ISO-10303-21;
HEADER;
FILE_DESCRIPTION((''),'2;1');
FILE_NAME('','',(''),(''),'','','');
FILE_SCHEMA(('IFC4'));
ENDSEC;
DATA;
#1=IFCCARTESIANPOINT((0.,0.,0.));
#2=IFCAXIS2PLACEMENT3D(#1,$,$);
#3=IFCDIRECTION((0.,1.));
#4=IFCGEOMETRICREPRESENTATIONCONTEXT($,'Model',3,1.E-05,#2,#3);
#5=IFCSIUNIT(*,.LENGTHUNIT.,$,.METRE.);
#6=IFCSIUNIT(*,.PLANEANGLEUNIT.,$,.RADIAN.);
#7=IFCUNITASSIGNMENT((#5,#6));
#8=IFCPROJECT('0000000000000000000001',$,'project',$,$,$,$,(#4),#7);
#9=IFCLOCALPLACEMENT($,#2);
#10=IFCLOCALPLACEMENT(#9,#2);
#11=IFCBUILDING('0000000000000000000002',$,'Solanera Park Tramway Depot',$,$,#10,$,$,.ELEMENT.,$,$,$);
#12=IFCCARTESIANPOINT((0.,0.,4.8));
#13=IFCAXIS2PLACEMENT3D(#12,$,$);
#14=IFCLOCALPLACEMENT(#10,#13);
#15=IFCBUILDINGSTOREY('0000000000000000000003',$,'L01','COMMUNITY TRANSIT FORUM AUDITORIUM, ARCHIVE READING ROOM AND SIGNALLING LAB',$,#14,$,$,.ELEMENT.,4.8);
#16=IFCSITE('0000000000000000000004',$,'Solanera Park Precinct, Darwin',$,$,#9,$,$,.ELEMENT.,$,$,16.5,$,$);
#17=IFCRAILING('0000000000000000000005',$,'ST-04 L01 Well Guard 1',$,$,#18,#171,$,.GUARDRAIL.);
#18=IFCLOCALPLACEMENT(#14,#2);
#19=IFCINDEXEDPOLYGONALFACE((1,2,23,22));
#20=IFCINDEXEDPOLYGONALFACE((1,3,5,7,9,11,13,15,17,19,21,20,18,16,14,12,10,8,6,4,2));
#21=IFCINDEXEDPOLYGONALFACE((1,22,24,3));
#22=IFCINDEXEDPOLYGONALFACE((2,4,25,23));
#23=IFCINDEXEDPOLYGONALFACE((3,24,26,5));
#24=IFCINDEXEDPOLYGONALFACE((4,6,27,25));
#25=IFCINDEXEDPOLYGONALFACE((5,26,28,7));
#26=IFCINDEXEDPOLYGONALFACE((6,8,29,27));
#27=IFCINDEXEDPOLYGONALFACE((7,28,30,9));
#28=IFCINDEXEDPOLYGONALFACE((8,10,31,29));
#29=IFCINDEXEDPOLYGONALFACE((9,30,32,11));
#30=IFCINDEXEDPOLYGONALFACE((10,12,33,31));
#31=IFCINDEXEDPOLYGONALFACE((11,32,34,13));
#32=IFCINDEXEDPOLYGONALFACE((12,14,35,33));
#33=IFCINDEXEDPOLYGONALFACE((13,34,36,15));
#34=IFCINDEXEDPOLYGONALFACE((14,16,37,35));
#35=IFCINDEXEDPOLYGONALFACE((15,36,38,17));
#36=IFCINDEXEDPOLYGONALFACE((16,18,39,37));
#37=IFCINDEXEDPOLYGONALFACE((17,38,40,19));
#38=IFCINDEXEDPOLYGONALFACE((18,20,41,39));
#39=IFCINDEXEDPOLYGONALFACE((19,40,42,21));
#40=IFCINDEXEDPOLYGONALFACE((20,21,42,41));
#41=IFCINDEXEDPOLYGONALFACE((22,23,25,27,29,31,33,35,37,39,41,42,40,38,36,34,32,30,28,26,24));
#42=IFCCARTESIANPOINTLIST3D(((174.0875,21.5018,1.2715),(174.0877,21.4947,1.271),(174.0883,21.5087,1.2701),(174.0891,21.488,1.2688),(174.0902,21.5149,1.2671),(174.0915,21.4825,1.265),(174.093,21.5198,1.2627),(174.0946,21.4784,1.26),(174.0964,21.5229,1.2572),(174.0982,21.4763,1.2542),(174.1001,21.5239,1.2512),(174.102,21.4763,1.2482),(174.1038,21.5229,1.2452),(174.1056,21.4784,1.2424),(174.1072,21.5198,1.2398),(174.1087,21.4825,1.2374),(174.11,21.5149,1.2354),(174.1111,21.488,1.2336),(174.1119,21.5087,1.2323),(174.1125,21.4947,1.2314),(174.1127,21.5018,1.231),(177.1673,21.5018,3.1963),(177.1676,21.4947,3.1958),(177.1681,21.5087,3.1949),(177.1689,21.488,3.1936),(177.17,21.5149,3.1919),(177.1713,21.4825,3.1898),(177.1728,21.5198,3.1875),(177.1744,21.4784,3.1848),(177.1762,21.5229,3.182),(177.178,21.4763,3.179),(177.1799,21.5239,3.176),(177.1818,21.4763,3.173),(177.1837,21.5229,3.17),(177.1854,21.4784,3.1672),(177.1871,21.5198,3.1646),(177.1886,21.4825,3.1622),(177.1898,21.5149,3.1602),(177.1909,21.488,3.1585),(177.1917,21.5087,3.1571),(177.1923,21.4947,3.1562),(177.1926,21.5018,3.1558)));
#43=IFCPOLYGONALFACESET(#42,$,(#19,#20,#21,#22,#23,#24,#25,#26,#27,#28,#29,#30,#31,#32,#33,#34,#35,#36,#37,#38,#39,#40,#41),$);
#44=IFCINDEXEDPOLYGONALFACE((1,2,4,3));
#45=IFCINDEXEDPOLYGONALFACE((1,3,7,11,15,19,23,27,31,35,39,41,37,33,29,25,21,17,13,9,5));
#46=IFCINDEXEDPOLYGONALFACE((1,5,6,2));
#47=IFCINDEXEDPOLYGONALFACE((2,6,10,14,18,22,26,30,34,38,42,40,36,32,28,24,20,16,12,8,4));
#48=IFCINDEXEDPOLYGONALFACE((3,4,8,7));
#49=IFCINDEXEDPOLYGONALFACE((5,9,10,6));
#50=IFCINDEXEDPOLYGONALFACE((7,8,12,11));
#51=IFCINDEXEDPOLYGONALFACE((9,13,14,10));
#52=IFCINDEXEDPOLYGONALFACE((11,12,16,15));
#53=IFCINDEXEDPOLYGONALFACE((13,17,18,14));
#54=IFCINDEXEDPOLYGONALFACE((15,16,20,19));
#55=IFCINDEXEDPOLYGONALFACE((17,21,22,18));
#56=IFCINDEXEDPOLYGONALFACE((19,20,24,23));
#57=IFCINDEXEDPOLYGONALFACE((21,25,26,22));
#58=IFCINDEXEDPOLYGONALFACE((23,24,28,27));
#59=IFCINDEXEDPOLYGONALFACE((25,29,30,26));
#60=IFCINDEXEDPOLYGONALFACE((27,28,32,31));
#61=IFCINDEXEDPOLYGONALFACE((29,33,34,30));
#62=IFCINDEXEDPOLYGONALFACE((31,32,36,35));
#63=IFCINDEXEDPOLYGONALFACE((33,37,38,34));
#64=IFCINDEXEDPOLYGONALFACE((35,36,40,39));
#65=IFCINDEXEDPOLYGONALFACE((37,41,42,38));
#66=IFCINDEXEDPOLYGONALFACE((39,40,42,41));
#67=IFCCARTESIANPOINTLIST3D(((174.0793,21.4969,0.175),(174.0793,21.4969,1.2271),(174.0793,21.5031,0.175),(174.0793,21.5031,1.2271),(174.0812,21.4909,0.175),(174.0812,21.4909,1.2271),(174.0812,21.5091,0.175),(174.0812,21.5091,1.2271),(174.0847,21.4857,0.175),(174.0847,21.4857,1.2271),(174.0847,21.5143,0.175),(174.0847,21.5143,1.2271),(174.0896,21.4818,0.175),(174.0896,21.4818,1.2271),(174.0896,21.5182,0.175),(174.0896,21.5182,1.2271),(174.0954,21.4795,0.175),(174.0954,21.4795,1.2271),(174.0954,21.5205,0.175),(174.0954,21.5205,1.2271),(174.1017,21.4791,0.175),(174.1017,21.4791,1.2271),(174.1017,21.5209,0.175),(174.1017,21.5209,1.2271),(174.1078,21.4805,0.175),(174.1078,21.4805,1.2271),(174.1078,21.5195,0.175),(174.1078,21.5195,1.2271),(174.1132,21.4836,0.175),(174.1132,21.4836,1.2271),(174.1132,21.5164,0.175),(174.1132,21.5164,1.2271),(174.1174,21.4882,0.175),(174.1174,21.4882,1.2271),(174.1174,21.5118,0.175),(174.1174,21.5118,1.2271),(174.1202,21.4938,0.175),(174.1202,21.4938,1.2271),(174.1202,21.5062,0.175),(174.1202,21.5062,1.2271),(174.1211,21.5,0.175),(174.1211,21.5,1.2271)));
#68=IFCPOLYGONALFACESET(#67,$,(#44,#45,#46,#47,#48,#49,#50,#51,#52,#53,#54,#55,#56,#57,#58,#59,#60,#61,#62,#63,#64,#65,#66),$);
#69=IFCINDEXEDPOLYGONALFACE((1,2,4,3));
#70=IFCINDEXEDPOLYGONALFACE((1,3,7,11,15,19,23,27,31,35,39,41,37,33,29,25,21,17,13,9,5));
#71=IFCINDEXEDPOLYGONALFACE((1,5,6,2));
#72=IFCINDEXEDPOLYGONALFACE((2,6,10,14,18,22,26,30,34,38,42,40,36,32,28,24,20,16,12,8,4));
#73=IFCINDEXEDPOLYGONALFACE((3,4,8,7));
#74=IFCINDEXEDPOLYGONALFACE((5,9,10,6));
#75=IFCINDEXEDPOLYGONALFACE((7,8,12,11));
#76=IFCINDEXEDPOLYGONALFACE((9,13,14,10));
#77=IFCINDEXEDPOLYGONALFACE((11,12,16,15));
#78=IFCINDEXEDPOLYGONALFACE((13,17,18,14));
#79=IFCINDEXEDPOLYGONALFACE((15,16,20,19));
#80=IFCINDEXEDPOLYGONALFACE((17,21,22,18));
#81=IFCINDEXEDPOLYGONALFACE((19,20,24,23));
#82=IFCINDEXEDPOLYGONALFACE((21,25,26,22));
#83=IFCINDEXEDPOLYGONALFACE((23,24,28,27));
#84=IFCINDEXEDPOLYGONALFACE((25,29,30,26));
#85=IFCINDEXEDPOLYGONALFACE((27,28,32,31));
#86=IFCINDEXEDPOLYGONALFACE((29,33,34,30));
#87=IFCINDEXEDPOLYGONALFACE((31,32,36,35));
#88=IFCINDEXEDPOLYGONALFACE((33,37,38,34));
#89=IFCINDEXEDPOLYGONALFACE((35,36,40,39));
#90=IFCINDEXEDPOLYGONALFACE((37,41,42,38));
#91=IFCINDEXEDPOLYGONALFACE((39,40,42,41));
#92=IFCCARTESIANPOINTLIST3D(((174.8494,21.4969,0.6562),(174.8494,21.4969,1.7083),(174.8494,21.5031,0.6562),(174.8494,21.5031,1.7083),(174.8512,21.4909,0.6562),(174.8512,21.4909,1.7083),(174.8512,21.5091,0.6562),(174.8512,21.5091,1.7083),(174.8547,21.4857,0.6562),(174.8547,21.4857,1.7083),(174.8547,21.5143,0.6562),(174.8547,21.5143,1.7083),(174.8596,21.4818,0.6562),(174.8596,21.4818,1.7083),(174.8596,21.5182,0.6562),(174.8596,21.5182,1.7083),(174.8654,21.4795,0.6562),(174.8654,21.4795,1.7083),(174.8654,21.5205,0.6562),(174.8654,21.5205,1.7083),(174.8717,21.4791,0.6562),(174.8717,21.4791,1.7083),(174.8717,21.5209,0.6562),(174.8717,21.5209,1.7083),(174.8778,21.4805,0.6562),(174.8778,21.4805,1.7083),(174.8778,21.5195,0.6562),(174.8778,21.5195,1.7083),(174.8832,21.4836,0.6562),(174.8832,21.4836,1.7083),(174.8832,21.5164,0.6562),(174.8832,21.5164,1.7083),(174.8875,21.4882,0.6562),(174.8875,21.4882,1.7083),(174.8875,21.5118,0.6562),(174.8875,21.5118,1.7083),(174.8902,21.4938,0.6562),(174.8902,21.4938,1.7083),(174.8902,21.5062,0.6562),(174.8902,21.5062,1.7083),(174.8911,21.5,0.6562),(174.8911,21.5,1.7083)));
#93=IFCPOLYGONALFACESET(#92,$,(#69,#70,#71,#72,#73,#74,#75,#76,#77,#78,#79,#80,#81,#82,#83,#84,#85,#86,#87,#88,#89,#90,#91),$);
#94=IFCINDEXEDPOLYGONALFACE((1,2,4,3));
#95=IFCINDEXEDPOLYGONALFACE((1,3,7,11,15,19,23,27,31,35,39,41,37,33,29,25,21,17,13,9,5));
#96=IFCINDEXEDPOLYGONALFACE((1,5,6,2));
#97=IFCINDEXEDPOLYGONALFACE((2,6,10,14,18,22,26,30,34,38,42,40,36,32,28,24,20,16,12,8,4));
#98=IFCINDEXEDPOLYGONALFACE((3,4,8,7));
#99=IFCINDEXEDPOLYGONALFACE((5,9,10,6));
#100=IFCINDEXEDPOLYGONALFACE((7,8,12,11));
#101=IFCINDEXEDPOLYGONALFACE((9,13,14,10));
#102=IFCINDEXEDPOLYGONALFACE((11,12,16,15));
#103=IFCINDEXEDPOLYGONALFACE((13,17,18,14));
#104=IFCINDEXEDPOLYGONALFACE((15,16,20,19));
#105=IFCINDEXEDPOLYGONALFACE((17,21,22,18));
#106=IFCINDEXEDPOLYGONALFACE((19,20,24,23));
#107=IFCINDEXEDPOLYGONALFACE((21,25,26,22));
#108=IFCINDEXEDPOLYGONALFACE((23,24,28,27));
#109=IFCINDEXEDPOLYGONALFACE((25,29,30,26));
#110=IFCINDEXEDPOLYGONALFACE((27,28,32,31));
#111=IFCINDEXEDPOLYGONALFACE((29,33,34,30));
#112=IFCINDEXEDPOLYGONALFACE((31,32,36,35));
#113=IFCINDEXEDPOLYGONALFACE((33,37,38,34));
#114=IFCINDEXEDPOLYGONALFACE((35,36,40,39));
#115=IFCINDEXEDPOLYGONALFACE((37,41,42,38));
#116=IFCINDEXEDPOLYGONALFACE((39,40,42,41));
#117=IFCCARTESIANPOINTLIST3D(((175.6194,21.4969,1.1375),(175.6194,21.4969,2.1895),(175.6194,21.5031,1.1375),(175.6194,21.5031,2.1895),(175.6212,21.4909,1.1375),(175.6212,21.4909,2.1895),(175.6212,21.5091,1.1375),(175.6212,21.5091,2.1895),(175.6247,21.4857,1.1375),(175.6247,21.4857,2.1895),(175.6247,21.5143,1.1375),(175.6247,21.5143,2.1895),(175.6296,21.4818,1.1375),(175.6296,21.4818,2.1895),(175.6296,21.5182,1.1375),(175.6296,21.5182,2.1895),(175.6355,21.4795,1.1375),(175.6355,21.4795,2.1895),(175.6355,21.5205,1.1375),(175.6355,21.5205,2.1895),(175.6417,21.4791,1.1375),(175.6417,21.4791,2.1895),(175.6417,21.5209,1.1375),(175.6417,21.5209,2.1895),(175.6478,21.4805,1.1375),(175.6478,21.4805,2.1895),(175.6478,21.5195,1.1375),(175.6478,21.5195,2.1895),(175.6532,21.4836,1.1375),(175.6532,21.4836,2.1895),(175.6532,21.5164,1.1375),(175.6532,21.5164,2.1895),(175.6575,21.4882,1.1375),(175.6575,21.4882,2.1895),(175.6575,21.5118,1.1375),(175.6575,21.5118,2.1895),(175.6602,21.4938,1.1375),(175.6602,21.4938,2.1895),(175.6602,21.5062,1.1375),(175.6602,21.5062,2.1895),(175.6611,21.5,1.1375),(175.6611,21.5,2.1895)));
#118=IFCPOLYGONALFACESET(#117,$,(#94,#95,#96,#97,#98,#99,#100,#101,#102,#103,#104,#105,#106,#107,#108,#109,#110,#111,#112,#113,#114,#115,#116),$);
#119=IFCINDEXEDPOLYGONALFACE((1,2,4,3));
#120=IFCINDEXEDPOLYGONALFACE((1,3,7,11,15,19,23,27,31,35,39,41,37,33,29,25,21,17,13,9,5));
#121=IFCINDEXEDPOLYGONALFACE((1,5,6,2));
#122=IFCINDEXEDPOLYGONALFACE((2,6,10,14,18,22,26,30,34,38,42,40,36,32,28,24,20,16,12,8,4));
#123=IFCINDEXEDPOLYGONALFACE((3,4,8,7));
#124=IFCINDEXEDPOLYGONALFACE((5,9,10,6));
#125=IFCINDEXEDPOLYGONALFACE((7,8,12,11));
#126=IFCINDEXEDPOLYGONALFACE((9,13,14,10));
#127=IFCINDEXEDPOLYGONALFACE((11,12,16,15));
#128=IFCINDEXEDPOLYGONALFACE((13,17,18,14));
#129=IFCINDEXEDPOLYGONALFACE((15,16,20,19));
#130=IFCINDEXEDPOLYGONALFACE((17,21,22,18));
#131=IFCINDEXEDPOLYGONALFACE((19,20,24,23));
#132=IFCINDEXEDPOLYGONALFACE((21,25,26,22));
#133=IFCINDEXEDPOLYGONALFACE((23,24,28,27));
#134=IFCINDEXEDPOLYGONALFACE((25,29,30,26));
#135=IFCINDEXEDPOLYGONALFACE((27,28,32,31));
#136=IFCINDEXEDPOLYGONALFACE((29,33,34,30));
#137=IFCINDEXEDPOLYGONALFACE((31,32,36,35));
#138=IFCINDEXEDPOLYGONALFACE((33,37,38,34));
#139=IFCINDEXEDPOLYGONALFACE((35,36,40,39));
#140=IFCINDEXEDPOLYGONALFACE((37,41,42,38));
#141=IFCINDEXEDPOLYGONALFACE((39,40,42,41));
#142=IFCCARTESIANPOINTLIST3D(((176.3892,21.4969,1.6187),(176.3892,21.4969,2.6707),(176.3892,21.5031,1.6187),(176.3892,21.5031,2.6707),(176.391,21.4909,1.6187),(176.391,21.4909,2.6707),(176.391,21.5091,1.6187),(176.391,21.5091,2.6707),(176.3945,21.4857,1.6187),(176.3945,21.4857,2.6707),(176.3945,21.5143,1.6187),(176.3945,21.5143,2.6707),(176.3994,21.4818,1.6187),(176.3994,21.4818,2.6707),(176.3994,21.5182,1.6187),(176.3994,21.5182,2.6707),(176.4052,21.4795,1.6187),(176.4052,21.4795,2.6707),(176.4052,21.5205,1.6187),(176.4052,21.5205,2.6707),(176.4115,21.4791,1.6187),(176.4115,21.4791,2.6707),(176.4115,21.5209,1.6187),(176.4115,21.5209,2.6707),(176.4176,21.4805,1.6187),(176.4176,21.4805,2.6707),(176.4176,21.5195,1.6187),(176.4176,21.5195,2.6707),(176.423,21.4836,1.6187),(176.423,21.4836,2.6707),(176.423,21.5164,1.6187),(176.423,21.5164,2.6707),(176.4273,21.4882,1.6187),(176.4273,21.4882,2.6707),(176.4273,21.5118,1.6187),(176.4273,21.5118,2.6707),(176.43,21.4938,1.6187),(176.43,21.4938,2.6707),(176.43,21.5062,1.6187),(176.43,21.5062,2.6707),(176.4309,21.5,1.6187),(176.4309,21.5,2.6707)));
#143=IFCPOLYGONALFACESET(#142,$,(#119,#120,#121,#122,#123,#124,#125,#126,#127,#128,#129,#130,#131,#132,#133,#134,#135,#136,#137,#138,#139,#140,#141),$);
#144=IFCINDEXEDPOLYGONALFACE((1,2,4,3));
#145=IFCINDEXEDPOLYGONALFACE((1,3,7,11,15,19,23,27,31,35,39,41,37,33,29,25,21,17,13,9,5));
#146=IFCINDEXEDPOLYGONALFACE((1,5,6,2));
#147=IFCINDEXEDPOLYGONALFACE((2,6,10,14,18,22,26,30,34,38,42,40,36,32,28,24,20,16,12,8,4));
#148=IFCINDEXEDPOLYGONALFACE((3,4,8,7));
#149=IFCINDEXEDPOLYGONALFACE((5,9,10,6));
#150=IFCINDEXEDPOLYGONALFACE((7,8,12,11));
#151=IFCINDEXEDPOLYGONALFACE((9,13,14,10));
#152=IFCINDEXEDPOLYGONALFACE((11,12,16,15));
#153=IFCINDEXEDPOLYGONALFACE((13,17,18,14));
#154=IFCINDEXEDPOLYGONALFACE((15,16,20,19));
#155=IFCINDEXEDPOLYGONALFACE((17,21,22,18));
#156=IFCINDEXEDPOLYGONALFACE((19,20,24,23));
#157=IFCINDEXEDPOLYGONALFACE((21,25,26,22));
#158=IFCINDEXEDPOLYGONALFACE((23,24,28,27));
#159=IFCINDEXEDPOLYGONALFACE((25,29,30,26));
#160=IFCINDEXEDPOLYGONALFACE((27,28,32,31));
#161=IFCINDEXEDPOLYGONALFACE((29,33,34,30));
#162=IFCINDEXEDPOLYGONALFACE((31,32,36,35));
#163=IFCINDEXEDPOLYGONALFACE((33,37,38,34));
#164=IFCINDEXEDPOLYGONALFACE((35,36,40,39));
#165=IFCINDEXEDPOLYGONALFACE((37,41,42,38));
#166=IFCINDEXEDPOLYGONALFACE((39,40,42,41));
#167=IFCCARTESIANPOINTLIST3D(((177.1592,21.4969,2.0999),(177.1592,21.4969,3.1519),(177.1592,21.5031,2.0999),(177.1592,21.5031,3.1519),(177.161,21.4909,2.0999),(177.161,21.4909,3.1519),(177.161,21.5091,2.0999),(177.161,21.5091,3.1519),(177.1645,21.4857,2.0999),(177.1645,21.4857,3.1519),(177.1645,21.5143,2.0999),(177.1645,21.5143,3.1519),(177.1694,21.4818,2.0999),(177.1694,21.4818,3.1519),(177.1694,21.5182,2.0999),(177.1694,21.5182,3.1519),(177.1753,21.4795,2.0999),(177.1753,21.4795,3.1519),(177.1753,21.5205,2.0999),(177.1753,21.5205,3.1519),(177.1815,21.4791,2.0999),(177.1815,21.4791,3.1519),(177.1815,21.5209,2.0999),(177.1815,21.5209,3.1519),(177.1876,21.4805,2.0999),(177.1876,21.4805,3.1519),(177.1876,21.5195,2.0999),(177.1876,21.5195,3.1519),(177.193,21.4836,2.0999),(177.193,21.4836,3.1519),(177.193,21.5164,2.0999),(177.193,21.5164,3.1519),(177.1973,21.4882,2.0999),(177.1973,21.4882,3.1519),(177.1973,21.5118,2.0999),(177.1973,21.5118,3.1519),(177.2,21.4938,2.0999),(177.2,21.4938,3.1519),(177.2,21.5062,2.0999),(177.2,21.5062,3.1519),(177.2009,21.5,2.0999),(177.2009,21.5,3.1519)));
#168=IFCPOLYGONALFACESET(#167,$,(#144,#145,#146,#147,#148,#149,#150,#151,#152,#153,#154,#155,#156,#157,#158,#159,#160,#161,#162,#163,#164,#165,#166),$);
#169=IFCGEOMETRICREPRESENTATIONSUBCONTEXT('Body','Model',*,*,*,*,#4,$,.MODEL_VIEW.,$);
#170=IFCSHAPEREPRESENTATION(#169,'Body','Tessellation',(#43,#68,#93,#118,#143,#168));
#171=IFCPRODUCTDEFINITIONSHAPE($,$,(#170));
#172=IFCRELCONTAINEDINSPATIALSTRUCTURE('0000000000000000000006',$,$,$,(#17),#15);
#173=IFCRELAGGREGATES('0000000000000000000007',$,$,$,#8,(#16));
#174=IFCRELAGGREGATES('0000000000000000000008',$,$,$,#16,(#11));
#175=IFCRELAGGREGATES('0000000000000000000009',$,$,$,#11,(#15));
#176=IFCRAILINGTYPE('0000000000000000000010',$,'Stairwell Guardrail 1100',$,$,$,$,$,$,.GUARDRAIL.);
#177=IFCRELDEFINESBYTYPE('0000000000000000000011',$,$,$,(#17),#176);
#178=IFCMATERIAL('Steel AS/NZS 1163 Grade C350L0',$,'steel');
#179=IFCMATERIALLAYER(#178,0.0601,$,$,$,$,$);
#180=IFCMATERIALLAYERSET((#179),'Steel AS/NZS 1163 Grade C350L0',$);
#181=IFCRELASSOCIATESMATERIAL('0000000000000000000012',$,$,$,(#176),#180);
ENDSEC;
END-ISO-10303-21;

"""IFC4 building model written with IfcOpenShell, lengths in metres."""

from ifc_helpers import new_model, si_unit, direction, frame, origin, origin_2d, place, context, subcontext, project, spatial, circle, extrude, material, layer, layer_set, type_object, element, save


model = new_model("IFC4")

# Units and contexts
model_context = context("Model", 3, precision=1e-05, world=origin(), true_north=direction((0.0, 1.0)))
body_context = subcontext(model_context, "Body", "Model", "MODEL_VIEW")
ifc_project = project(units=[si_unit("LENGTHUNIT", "METRE"), si_unit("PLANEANGLEUNIT", "RADIAN")], contexts=[model_context])

# Site, building, storey
site_placement = place(None, origin())
site = spatial("IfcSite", under=ifc_project, at=site_placement, Name="Solanera Park Precinct, Darwin", CompositionType="ELEMENT", RefElevation=16.5)
building_placement = place(site_placement, origin())
building = spatial("IfcBuilding", under=site, at=building_placement, Name="Solanera Park Tramway Depot", CompositionType="ELEMENT")
storey_placement = place(building_placement, frame((0.0, 0.0, 4.8)))
storey = spatial("IfcBuildingStorey", under=building, at=storey_placement, Name="L01", Description="COMMUNITY TRANSIT FORUM AUDITORIUM, ARCHIVE READING ROOM AND SIGNALLING LAB", CompositionType="ELEMENT", Elevation=4.8)

# Railing
ifc_material_1 = material(Name="Steel AS/NZS 1163 Grade C350L0", Category="steel")
ifc_layer_1 = layer(ifc_material_1, 0.0601)
ifc_layer_set_1 = layer_set([ifc_layer_1], Name="Steel AS/NZS 1163 Grade C350L0")
railing_type_1 = type_object("IfcRailingType", Name="Stairwell Guardrail 1100", PredefinedType="GUARDRAIL", material=ifc_layer_set_1)
railing_1_placement = place(storey_placement, frame((174.1001, 21.5, 0.175)))
element("IfcRailing", 1, at=railing_1_placement, inside=storey, type_object=railing_type_1, Name="ST-04 L01 Well Guard 1", PredefinedType="GUARDRAIL", context=body_context, shape_type="SweptSolid", body=[
    extrude(circle(Radius=0.0239, at=origin_2d()), frame((0.0, 0.0, 1.0762), z_axis=(0.84801, 0.0, 0.529981), x_axis=(0.0, 1.0, 0.0)), (0.0, 0.0, 1.0), 3.6318),
    extrude(circle(Radius=0.021, at=origin_2d()), origin(), (0.0, 0.0, 1.0), 1.052),
    extrude(circle(Radius=0.021, at=origin_2d()), frame((0.77, 0.0, 0.4812)), (0.0, 0.0, 1.0), 1.052),
    extrude(circle(Radius=0.021, at=origin_2d()), frame((1.54, 0.0, 0.9624)), (0.0, 0.0, 1.0), 1.052),
    extrude(circle(Radius=0.021, at=origin_2d()), frame((2.3098, 0.0, 1.4436)), (0.0, 0.0, 1.0), 1.052),
    extrude(circle(Radius=0.021, at=origin_2d()), frame((3.0798, 0.0, 1.9248)), (0.0, 0.0, 1.0), 1.052),
])

save(model, "model.ifc")
